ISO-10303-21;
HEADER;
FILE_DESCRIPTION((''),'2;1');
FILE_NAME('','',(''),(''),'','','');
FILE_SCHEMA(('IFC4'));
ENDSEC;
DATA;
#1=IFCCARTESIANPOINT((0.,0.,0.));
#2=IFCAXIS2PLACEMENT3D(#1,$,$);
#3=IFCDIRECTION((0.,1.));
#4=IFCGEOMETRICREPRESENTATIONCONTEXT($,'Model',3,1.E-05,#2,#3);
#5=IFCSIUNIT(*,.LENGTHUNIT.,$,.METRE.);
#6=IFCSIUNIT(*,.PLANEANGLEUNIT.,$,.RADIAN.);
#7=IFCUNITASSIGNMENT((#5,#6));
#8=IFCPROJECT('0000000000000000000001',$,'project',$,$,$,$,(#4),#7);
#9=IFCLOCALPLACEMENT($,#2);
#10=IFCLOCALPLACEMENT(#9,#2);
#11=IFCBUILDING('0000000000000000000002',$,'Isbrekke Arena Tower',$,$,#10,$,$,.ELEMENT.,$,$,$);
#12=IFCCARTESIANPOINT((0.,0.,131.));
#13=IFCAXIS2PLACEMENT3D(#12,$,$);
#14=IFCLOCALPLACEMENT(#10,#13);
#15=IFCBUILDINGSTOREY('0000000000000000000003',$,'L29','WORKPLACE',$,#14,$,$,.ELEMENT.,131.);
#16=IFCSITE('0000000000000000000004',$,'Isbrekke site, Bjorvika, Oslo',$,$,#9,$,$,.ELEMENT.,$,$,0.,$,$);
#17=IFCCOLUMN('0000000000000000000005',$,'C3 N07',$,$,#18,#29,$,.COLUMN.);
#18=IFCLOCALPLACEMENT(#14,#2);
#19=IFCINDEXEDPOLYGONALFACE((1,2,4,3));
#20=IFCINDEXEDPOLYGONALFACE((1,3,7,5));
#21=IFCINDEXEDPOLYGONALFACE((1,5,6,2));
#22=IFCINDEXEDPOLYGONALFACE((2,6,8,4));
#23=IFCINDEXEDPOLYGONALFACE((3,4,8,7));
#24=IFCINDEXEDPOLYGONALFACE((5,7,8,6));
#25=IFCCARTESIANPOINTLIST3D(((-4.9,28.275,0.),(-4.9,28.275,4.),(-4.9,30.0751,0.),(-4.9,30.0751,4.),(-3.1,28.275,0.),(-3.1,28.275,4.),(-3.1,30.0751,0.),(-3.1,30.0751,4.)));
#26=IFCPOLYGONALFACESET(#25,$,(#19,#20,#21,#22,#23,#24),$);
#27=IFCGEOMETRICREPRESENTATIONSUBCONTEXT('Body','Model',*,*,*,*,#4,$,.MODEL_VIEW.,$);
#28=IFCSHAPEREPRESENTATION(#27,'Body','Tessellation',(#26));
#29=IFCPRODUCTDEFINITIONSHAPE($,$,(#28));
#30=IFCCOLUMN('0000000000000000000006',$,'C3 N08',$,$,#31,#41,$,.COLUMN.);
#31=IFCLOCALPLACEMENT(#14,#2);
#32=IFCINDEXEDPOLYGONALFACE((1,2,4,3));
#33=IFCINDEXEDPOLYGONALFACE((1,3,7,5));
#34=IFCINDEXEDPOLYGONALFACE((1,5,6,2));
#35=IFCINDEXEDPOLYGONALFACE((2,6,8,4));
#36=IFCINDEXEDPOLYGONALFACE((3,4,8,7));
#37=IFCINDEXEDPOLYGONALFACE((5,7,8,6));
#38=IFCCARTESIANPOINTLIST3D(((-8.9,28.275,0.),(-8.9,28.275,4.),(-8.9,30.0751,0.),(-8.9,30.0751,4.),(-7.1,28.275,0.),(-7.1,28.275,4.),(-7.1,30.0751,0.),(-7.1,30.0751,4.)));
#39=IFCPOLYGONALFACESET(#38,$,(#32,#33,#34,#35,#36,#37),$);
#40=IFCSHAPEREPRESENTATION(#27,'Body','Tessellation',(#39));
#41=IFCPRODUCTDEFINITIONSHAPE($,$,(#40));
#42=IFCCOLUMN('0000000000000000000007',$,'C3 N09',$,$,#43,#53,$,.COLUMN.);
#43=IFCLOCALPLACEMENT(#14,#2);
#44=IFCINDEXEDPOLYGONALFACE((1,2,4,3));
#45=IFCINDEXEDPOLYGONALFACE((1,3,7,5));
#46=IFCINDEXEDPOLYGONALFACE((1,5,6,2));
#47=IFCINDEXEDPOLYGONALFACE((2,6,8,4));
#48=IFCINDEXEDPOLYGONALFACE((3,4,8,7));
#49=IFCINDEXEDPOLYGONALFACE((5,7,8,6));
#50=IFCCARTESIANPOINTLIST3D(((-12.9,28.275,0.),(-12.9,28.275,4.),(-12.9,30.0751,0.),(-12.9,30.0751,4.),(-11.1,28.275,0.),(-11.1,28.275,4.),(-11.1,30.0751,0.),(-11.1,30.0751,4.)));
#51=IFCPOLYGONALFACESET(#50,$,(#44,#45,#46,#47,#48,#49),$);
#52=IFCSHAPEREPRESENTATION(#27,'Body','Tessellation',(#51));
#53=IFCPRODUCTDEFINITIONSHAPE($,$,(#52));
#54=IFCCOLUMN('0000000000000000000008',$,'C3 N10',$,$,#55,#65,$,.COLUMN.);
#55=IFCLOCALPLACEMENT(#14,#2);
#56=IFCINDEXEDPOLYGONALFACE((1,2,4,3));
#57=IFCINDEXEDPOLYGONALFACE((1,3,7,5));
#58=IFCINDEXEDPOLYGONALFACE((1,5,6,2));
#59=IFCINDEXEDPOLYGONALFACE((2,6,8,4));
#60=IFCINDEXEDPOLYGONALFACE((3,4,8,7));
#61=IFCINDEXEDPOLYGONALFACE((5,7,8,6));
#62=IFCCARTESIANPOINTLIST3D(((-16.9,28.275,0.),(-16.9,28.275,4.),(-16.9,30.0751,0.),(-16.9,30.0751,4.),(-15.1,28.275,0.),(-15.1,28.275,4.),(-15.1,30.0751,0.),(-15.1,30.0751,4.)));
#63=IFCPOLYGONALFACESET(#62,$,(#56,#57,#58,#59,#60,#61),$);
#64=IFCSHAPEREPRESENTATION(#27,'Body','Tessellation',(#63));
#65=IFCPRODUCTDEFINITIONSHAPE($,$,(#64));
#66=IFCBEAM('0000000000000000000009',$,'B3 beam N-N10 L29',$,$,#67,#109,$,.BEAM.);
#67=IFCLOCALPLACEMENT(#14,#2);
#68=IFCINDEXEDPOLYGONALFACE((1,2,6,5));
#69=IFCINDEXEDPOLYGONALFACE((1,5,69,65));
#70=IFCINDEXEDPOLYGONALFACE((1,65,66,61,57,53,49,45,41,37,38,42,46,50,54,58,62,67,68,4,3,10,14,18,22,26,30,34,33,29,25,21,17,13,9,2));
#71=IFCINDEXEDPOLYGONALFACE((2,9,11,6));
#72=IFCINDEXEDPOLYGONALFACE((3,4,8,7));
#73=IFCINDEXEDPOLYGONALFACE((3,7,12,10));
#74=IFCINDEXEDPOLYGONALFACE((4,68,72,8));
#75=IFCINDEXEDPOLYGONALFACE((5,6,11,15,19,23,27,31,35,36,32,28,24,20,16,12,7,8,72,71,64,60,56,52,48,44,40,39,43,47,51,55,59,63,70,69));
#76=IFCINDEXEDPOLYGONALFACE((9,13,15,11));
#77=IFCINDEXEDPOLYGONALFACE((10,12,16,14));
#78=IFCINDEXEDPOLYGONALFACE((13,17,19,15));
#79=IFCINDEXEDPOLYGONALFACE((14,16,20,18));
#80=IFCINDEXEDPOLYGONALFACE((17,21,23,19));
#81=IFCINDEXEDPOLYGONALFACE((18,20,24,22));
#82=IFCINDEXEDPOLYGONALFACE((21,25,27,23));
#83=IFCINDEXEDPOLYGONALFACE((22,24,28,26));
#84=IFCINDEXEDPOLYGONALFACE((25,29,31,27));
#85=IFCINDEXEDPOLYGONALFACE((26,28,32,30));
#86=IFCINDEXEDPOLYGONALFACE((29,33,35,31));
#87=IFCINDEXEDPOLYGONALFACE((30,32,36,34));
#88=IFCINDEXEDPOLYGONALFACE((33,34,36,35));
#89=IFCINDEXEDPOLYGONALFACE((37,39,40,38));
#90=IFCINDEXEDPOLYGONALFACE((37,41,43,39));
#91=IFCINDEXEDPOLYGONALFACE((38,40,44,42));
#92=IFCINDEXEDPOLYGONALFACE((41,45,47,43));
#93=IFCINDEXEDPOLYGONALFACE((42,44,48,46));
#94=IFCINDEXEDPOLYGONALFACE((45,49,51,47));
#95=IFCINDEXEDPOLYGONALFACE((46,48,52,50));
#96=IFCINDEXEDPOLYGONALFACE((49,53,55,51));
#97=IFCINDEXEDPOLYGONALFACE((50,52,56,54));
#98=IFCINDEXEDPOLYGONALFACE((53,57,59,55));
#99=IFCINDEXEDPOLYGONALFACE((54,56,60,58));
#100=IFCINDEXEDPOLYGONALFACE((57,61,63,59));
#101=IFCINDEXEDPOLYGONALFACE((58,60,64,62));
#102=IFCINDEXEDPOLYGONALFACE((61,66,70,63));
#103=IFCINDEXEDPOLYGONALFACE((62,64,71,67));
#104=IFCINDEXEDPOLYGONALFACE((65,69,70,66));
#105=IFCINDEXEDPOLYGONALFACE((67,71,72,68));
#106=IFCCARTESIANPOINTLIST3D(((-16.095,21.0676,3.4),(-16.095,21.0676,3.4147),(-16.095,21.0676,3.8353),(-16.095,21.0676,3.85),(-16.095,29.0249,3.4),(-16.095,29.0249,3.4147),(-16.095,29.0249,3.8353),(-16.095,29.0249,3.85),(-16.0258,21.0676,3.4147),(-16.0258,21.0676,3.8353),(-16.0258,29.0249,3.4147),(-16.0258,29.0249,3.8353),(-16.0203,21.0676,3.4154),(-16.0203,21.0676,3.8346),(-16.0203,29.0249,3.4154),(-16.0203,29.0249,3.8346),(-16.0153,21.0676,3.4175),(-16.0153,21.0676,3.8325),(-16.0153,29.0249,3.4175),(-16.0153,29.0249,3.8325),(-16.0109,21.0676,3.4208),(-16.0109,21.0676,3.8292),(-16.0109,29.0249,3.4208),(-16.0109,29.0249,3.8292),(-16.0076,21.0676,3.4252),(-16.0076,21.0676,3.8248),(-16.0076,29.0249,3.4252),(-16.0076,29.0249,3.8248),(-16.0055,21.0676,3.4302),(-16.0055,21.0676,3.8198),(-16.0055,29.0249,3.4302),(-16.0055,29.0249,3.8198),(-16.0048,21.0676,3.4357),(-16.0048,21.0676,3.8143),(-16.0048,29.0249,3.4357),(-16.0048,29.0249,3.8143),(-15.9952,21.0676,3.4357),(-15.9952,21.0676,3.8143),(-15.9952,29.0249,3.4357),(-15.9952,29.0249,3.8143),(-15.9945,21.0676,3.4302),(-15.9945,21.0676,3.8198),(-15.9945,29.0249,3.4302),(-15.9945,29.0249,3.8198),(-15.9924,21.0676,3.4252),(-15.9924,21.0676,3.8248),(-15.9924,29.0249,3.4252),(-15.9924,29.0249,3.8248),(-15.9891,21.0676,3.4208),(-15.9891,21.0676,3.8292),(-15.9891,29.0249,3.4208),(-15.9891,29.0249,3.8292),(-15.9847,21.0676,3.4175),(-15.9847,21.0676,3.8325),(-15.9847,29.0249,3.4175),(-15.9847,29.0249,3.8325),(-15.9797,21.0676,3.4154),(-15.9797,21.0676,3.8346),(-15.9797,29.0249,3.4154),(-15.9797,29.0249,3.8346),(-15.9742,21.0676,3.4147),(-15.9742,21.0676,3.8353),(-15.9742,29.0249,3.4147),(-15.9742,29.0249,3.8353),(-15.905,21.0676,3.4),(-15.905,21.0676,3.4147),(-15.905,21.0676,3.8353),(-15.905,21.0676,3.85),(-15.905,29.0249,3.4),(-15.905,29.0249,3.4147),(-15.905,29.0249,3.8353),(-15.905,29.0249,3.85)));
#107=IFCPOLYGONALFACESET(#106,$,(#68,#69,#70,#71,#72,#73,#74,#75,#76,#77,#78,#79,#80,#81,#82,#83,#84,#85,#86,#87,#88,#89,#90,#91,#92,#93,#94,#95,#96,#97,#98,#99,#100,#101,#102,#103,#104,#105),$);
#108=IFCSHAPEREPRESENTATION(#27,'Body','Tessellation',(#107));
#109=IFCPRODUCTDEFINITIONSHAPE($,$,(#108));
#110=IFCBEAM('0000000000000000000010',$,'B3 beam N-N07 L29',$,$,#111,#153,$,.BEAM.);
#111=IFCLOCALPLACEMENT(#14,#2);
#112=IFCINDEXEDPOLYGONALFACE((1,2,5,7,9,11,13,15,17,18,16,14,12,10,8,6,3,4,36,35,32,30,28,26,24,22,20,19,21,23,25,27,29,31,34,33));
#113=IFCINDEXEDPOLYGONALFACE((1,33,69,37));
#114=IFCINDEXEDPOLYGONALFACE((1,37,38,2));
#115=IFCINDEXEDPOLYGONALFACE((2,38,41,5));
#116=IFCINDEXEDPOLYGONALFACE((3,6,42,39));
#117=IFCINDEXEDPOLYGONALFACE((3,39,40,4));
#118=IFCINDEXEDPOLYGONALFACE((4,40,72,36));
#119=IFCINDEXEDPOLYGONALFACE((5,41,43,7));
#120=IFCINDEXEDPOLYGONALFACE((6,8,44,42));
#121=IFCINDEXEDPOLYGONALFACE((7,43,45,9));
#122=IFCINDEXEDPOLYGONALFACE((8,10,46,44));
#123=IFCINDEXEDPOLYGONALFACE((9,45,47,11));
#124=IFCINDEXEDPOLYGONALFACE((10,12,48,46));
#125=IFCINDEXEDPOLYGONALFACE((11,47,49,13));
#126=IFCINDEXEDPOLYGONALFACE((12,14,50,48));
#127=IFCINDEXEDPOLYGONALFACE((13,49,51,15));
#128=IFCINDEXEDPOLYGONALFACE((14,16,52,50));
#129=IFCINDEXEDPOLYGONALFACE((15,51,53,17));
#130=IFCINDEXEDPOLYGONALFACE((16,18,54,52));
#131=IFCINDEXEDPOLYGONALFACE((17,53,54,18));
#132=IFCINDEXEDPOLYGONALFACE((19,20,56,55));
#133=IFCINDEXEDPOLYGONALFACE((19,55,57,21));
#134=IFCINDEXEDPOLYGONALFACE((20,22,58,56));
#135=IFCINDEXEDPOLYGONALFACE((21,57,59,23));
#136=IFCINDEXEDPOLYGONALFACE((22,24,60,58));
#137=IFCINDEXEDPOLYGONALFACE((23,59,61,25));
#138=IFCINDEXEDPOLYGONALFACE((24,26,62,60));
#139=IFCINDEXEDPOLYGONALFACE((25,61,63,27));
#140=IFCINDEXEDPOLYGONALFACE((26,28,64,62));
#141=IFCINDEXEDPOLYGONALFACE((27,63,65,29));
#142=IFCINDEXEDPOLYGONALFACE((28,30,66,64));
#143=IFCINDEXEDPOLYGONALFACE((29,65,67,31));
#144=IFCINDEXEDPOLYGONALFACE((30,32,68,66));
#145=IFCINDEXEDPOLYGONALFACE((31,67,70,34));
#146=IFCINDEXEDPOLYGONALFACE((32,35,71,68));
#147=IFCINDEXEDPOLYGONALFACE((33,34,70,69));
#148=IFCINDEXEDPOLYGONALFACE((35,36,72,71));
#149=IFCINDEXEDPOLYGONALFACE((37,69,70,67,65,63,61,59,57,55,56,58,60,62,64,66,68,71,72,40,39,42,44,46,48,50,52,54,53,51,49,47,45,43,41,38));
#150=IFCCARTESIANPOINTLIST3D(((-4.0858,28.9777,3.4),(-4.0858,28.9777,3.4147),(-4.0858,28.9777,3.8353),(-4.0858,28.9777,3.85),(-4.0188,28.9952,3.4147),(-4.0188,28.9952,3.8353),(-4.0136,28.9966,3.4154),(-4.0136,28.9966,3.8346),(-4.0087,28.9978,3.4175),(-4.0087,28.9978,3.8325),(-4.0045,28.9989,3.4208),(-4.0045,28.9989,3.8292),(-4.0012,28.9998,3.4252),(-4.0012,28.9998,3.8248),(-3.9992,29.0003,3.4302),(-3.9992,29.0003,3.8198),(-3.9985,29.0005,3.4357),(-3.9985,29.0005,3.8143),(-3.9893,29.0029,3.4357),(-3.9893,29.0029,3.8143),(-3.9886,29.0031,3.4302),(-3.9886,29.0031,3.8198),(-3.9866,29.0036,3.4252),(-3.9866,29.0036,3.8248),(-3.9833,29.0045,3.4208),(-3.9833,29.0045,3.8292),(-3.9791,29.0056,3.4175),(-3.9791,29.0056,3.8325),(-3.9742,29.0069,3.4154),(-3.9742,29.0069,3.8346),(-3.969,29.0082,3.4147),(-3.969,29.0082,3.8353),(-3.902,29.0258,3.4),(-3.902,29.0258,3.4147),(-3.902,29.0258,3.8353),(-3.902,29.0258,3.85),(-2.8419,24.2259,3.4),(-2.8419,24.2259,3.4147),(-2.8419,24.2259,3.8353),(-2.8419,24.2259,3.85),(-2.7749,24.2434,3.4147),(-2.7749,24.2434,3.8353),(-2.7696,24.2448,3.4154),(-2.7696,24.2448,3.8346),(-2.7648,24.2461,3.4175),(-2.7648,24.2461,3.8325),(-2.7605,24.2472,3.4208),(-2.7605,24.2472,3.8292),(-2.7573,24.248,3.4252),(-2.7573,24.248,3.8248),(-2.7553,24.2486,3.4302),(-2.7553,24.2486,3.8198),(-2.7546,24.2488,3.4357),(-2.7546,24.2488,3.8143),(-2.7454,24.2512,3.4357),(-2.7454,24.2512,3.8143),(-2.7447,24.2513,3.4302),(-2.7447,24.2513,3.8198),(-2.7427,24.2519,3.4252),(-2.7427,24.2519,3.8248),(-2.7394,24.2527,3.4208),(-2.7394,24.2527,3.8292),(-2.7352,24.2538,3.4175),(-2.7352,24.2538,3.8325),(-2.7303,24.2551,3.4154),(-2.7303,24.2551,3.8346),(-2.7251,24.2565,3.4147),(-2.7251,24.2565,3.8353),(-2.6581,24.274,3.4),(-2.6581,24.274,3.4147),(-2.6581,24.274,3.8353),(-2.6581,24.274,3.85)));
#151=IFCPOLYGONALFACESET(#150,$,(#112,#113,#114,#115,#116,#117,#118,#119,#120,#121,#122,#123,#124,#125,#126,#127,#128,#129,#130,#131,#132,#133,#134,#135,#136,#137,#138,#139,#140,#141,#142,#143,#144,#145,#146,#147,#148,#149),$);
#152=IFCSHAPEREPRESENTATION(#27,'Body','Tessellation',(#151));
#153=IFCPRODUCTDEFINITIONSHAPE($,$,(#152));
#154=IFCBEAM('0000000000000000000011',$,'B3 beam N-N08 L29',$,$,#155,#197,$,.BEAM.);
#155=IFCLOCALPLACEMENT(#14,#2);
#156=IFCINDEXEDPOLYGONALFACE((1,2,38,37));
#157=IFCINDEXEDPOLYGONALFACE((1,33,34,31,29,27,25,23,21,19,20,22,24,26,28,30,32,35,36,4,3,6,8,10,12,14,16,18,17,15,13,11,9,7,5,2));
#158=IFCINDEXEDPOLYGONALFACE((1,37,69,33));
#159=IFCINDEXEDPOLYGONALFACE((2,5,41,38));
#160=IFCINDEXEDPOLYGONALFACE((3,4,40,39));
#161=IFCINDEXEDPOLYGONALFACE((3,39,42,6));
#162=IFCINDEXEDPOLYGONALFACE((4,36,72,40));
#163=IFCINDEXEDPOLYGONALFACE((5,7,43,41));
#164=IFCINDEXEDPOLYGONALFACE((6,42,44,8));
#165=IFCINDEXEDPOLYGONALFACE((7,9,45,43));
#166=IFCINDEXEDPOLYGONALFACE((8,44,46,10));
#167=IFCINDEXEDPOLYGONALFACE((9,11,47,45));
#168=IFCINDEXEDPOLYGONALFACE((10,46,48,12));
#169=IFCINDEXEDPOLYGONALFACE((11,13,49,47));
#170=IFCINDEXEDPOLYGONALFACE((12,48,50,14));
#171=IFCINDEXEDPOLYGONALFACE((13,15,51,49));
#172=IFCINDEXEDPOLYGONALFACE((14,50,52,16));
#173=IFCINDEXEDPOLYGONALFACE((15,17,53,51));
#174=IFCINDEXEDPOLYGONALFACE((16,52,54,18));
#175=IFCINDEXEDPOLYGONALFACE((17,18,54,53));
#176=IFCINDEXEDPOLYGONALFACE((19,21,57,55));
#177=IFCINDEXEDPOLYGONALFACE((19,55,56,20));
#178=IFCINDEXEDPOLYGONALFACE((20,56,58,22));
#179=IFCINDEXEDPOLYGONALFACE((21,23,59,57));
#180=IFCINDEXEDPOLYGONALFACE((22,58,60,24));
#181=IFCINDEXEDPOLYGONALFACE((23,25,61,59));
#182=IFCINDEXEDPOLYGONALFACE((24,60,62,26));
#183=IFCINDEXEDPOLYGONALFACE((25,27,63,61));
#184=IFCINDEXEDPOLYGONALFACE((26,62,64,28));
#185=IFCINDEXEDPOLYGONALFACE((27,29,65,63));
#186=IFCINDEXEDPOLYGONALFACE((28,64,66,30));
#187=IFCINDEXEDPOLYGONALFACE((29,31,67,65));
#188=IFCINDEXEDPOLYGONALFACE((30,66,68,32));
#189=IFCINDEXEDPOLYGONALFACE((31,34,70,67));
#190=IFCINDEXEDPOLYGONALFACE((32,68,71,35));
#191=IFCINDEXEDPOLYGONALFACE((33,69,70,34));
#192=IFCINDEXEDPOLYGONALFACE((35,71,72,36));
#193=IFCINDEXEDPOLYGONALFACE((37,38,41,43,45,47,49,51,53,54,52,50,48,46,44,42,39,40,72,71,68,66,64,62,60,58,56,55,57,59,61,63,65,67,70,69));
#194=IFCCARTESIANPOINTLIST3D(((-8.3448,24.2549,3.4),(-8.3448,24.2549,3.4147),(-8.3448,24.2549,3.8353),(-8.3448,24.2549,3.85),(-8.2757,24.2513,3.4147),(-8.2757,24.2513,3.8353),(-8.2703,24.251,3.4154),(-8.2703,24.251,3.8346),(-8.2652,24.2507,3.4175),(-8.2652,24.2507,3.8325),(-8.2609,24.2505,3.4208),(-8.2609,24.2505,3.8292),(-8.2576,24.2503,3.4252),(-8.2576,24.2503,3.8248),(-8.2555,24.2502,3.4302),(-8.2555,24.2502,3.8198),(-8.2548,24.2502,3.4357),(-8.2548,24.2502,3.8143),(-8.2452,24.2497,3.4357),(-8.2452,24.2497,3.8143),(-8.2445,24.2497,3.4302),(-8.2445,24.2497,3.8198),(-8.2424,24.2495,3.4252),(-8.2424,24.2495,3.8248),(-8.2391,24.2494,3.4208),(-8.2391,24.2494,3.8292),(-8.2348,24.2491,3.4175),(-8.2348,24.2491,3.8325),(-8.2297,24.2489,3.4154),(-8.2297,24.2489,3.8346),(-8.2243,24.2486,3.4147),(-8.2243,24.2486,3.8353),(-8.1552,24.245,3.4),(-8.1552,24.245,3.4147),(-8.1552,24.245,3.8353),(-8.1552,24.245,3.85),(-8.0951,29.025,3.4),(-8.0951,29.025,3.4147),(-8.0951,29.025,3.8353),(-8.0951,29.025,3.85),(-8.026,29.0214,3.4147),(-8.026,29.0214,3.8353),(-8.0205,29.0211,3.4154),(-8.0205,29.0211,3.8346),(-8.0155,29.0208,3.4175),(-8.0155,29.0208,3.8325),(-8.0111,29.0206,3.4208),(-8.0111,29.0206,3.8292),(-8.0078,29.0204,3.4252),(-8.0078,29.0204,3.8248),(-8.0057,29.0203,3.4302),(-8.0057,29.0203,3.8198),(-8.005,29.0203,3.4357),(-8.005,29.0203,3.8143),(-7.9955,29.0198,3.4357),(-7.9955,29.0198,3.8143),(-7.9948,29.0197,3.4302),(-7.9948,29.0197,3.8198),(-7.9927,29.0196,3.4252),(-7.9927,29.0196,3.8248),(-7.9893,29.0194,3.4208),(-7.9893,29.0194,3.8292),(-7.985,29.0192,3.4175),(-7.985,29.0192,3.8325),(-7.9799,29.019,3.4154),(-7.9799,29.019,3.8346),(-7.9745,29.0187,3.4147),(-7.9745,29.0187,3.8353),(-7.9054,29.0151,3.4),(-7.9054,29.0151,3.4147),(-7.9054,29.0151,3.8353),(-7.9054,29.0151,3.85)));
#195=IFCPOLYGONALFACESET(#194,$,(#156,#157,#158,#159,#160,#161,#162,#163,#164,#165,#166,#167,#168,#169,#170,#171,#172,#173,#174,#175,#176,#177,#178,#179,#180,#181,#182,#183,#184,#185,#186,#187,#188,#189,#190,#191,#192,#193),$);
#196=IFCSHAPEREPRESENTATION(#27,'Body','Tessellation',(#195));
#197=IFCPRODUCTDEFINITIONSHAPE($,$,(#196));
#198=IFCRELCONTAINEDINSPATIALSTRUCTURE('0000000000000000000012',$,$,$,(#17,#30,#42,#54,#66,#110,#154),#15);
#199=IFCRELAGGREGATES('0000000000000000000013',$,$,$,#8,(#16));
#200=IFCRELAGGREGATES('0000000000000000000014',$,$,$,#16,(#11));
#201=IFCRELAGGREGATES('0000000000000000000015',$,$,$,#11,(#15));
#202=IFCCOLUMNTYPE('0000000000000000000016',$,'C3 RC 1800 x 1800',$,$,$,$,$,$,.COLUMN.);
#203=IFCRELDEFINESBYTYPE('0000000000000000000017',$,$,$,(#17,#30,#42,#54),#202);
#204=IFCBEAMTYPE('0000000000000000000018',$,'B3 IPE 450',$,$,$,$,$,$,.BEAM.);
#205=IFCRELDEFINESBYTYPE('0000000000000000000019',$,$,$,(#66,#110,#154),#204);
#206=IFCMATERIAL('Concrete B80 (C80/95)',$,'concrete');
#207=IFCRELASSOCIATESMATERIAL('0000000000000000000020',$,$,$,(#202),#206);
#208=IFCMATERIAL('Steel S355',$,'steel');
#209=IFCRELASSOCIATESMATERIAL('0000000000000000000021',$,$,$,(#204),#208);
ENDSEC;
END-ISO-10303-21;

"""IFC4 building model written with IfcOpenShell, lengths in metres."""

from ifc_helpers import new_model, si_unit, direction, frame, origin, origin_2d, place, context, subcontext, project, spatial, rectangle, i_section, extrude, material, material_profile, profile_set, type_object, element, save


model = new_model("IFC4")

# Units and contexts
model_context = context("Model", 3, precision=1e-05, world=origin(), true_north=direction((0.0, 1.0)))
body_context = subcontext(model_context, "Body", "Model", "MODEL_VIEW")
ifc_project = project(units=[si_unit("LENGTHUNIT", "METRE"), si_unit("PLANEANGLEUNIT", "RADIAN")], contexts=[model_context])

# Site, building, storey
site_placement = place(None, origin())
site = spatial("IfcSite", under=ifc_project, at=site_placement, Name="Isbrekke site, Bjorvika, Oslo", CompositionType="ELEMENT", RefElevation=0.0)
building_placement = place(site_placement, origin())
building = spatial("IfcBuilding", under=site, at=building_placement, Name="Isbrekke Arena Tower", CompositionType="ELEMENT")
storey_placement = place(building_placement, frame((0.0, 0.0, 131.0)))
storey = spatial("IfcBuildingStorey", under=building, at=storey_placement, Name="L29", Description="WORKPLACE", CompositionType="ELEMENT", Elevation=131.0)

# Columns
ifc_material_1 = material(Name="Concrete B80 (C80/95)", Category="concrete")
ifc_material_profile_1 = material_profile(ifc_material_1, rectangle(XDim=1.8, YDim=1.8, at=origin_2d()), Name="RC 1800x1800")
ifc_profile_set_1 = profile_set([ifc_material_profile_1], Name="Concrete B80 (C80/95)")
column_type = type_object("IfcColumnType", Name="C3 RC 1800 x 1800", PredefinedType="COLUMN", material=ifc_profile_set_1)
for number, where, z_axis, x_axis, name in (
    (1, (-4.0, 29.175, 0.0), (0.0, 0.0, 1.0), (-1.0, 0.0, 0.0), "C3 N07"),
    (2, (-8.0, 29.175, 0.0), (0.0, 0.0, 1.0), (-1.0, 0.0, 0.0), "C3 N08"),
    (3, (-12.0, 29.175, 0.0), (0.0, 0.0, 1.0), (-1.0, 0.0, 0.0), "C3 N09"),
    (4, (-16.0, 29.175, 0.0), (0.0, 0.0, 1.0), (-1.0, 0.0, 0.0), "C3 N10"),
):
    element("IfcColumn", number, at=place(storey_placement, frame(where, z_axis=z_axis, x_axis=x_axis)), inside=storey, type_object=column_type, Name=name, PredefinedType="COLUMN", context=body_context, shape_type="SweptSolid", body=[
        extrude(rectangle(XDim=1.8, YDim=1.8, at=origin_2d()), origin(), (0.0, 0.0, 1.0), 4.0),
    ])

# Beams
ifc_material_2 = material(Name="Steel S355", Category="steel")
ifc_material_profile_2 = material_profile(ifc_material_2, i_section(OverallWidth=0.1899, OverallDepth=0.45, WebThickness=0.0095, FlangeThickness=0.0146, FilletRadius=0.021, at=origin_2d()), Name="IPE 450")
ifc_profile_set_2 = profile_set([ifc_material_profile_2], Name="Steel S355")
beam_type_1 = type_object("IfcBeamType", Name="B3 IPE 450", PredefinedType="BEAM", material=ifc_profile_set_2)
beam_1_placement = place(storey_placement, frame((-16.0, 29.0249, 3.625), z_axis=(0.0, -1.0, 0.0), x_axis=(1.0, 0.0, 0.0)))
element("IfcBeam", 5, at=beam_1_placement, inside=storey, type_object=beam_type_1, Name="B3 beam N-N10 L29", PredefinedType="BEAM", context=body_context, shape_type="SweptSolid", body=[
    extrude(i_section(OverallWidth=0.1899, OverallDepth=0.45, WebThickness=0.0095, FlangeThickness=0.0146, FilletRadius=0.021, at=origin_2d()), origin(), (0.0, 0.0, 1.0), 7.9573),
])
beam_2_placement = place(storey_placement, frame((-3.9939, 29.0017, 3.625), z_axis=(0.253245, -0.967402, 0.0), x_axis=(0.967402, 0.253245, 0.0)))
element("IfcBeam", 6, at=beam_2_placement, inside=storey, type_object=beam_type_1, Name="B3 beam N-N07 L29", PredefinedType="BEAM", context=body_context, shape_type="SweptSolid", body=[
    extrude(i_section(OverallWidth=0.1899, OverallDepth=0.45, WebThickness=0.0095, FlangeThickness=0.0146, FilletRadius=0.021, at=origin_2d()), origin(), (0.0, 0.0, 1.0), 4.9119),
])
beam_3_placement = place(storey_placement, frame((-8.0002, 29.02, 3.625), z_axis=(-0.052288, -0.998632, 0.0), x_axis=(0.998632, -0.052288, 0.0)))
element("IfcBeam", 7, at=beam_3_placement, inside=storey, type_object=beam_type_1, Name="B3 beam N-N08 L29", PredefinedType="BEAM", context=body_context, shape_type="SweptSolid", body=[
    extrude(i_section(OverallWidth=0.1899, OverallDepth=0.45, WebThickness=0.0095, FlangeThickness=0.0146, FilletRadius=0.021, at=origin_2d()), origin(), (0.0, 0.0, 1.0), 4.7766),
])

save(model, "model.ifc")
